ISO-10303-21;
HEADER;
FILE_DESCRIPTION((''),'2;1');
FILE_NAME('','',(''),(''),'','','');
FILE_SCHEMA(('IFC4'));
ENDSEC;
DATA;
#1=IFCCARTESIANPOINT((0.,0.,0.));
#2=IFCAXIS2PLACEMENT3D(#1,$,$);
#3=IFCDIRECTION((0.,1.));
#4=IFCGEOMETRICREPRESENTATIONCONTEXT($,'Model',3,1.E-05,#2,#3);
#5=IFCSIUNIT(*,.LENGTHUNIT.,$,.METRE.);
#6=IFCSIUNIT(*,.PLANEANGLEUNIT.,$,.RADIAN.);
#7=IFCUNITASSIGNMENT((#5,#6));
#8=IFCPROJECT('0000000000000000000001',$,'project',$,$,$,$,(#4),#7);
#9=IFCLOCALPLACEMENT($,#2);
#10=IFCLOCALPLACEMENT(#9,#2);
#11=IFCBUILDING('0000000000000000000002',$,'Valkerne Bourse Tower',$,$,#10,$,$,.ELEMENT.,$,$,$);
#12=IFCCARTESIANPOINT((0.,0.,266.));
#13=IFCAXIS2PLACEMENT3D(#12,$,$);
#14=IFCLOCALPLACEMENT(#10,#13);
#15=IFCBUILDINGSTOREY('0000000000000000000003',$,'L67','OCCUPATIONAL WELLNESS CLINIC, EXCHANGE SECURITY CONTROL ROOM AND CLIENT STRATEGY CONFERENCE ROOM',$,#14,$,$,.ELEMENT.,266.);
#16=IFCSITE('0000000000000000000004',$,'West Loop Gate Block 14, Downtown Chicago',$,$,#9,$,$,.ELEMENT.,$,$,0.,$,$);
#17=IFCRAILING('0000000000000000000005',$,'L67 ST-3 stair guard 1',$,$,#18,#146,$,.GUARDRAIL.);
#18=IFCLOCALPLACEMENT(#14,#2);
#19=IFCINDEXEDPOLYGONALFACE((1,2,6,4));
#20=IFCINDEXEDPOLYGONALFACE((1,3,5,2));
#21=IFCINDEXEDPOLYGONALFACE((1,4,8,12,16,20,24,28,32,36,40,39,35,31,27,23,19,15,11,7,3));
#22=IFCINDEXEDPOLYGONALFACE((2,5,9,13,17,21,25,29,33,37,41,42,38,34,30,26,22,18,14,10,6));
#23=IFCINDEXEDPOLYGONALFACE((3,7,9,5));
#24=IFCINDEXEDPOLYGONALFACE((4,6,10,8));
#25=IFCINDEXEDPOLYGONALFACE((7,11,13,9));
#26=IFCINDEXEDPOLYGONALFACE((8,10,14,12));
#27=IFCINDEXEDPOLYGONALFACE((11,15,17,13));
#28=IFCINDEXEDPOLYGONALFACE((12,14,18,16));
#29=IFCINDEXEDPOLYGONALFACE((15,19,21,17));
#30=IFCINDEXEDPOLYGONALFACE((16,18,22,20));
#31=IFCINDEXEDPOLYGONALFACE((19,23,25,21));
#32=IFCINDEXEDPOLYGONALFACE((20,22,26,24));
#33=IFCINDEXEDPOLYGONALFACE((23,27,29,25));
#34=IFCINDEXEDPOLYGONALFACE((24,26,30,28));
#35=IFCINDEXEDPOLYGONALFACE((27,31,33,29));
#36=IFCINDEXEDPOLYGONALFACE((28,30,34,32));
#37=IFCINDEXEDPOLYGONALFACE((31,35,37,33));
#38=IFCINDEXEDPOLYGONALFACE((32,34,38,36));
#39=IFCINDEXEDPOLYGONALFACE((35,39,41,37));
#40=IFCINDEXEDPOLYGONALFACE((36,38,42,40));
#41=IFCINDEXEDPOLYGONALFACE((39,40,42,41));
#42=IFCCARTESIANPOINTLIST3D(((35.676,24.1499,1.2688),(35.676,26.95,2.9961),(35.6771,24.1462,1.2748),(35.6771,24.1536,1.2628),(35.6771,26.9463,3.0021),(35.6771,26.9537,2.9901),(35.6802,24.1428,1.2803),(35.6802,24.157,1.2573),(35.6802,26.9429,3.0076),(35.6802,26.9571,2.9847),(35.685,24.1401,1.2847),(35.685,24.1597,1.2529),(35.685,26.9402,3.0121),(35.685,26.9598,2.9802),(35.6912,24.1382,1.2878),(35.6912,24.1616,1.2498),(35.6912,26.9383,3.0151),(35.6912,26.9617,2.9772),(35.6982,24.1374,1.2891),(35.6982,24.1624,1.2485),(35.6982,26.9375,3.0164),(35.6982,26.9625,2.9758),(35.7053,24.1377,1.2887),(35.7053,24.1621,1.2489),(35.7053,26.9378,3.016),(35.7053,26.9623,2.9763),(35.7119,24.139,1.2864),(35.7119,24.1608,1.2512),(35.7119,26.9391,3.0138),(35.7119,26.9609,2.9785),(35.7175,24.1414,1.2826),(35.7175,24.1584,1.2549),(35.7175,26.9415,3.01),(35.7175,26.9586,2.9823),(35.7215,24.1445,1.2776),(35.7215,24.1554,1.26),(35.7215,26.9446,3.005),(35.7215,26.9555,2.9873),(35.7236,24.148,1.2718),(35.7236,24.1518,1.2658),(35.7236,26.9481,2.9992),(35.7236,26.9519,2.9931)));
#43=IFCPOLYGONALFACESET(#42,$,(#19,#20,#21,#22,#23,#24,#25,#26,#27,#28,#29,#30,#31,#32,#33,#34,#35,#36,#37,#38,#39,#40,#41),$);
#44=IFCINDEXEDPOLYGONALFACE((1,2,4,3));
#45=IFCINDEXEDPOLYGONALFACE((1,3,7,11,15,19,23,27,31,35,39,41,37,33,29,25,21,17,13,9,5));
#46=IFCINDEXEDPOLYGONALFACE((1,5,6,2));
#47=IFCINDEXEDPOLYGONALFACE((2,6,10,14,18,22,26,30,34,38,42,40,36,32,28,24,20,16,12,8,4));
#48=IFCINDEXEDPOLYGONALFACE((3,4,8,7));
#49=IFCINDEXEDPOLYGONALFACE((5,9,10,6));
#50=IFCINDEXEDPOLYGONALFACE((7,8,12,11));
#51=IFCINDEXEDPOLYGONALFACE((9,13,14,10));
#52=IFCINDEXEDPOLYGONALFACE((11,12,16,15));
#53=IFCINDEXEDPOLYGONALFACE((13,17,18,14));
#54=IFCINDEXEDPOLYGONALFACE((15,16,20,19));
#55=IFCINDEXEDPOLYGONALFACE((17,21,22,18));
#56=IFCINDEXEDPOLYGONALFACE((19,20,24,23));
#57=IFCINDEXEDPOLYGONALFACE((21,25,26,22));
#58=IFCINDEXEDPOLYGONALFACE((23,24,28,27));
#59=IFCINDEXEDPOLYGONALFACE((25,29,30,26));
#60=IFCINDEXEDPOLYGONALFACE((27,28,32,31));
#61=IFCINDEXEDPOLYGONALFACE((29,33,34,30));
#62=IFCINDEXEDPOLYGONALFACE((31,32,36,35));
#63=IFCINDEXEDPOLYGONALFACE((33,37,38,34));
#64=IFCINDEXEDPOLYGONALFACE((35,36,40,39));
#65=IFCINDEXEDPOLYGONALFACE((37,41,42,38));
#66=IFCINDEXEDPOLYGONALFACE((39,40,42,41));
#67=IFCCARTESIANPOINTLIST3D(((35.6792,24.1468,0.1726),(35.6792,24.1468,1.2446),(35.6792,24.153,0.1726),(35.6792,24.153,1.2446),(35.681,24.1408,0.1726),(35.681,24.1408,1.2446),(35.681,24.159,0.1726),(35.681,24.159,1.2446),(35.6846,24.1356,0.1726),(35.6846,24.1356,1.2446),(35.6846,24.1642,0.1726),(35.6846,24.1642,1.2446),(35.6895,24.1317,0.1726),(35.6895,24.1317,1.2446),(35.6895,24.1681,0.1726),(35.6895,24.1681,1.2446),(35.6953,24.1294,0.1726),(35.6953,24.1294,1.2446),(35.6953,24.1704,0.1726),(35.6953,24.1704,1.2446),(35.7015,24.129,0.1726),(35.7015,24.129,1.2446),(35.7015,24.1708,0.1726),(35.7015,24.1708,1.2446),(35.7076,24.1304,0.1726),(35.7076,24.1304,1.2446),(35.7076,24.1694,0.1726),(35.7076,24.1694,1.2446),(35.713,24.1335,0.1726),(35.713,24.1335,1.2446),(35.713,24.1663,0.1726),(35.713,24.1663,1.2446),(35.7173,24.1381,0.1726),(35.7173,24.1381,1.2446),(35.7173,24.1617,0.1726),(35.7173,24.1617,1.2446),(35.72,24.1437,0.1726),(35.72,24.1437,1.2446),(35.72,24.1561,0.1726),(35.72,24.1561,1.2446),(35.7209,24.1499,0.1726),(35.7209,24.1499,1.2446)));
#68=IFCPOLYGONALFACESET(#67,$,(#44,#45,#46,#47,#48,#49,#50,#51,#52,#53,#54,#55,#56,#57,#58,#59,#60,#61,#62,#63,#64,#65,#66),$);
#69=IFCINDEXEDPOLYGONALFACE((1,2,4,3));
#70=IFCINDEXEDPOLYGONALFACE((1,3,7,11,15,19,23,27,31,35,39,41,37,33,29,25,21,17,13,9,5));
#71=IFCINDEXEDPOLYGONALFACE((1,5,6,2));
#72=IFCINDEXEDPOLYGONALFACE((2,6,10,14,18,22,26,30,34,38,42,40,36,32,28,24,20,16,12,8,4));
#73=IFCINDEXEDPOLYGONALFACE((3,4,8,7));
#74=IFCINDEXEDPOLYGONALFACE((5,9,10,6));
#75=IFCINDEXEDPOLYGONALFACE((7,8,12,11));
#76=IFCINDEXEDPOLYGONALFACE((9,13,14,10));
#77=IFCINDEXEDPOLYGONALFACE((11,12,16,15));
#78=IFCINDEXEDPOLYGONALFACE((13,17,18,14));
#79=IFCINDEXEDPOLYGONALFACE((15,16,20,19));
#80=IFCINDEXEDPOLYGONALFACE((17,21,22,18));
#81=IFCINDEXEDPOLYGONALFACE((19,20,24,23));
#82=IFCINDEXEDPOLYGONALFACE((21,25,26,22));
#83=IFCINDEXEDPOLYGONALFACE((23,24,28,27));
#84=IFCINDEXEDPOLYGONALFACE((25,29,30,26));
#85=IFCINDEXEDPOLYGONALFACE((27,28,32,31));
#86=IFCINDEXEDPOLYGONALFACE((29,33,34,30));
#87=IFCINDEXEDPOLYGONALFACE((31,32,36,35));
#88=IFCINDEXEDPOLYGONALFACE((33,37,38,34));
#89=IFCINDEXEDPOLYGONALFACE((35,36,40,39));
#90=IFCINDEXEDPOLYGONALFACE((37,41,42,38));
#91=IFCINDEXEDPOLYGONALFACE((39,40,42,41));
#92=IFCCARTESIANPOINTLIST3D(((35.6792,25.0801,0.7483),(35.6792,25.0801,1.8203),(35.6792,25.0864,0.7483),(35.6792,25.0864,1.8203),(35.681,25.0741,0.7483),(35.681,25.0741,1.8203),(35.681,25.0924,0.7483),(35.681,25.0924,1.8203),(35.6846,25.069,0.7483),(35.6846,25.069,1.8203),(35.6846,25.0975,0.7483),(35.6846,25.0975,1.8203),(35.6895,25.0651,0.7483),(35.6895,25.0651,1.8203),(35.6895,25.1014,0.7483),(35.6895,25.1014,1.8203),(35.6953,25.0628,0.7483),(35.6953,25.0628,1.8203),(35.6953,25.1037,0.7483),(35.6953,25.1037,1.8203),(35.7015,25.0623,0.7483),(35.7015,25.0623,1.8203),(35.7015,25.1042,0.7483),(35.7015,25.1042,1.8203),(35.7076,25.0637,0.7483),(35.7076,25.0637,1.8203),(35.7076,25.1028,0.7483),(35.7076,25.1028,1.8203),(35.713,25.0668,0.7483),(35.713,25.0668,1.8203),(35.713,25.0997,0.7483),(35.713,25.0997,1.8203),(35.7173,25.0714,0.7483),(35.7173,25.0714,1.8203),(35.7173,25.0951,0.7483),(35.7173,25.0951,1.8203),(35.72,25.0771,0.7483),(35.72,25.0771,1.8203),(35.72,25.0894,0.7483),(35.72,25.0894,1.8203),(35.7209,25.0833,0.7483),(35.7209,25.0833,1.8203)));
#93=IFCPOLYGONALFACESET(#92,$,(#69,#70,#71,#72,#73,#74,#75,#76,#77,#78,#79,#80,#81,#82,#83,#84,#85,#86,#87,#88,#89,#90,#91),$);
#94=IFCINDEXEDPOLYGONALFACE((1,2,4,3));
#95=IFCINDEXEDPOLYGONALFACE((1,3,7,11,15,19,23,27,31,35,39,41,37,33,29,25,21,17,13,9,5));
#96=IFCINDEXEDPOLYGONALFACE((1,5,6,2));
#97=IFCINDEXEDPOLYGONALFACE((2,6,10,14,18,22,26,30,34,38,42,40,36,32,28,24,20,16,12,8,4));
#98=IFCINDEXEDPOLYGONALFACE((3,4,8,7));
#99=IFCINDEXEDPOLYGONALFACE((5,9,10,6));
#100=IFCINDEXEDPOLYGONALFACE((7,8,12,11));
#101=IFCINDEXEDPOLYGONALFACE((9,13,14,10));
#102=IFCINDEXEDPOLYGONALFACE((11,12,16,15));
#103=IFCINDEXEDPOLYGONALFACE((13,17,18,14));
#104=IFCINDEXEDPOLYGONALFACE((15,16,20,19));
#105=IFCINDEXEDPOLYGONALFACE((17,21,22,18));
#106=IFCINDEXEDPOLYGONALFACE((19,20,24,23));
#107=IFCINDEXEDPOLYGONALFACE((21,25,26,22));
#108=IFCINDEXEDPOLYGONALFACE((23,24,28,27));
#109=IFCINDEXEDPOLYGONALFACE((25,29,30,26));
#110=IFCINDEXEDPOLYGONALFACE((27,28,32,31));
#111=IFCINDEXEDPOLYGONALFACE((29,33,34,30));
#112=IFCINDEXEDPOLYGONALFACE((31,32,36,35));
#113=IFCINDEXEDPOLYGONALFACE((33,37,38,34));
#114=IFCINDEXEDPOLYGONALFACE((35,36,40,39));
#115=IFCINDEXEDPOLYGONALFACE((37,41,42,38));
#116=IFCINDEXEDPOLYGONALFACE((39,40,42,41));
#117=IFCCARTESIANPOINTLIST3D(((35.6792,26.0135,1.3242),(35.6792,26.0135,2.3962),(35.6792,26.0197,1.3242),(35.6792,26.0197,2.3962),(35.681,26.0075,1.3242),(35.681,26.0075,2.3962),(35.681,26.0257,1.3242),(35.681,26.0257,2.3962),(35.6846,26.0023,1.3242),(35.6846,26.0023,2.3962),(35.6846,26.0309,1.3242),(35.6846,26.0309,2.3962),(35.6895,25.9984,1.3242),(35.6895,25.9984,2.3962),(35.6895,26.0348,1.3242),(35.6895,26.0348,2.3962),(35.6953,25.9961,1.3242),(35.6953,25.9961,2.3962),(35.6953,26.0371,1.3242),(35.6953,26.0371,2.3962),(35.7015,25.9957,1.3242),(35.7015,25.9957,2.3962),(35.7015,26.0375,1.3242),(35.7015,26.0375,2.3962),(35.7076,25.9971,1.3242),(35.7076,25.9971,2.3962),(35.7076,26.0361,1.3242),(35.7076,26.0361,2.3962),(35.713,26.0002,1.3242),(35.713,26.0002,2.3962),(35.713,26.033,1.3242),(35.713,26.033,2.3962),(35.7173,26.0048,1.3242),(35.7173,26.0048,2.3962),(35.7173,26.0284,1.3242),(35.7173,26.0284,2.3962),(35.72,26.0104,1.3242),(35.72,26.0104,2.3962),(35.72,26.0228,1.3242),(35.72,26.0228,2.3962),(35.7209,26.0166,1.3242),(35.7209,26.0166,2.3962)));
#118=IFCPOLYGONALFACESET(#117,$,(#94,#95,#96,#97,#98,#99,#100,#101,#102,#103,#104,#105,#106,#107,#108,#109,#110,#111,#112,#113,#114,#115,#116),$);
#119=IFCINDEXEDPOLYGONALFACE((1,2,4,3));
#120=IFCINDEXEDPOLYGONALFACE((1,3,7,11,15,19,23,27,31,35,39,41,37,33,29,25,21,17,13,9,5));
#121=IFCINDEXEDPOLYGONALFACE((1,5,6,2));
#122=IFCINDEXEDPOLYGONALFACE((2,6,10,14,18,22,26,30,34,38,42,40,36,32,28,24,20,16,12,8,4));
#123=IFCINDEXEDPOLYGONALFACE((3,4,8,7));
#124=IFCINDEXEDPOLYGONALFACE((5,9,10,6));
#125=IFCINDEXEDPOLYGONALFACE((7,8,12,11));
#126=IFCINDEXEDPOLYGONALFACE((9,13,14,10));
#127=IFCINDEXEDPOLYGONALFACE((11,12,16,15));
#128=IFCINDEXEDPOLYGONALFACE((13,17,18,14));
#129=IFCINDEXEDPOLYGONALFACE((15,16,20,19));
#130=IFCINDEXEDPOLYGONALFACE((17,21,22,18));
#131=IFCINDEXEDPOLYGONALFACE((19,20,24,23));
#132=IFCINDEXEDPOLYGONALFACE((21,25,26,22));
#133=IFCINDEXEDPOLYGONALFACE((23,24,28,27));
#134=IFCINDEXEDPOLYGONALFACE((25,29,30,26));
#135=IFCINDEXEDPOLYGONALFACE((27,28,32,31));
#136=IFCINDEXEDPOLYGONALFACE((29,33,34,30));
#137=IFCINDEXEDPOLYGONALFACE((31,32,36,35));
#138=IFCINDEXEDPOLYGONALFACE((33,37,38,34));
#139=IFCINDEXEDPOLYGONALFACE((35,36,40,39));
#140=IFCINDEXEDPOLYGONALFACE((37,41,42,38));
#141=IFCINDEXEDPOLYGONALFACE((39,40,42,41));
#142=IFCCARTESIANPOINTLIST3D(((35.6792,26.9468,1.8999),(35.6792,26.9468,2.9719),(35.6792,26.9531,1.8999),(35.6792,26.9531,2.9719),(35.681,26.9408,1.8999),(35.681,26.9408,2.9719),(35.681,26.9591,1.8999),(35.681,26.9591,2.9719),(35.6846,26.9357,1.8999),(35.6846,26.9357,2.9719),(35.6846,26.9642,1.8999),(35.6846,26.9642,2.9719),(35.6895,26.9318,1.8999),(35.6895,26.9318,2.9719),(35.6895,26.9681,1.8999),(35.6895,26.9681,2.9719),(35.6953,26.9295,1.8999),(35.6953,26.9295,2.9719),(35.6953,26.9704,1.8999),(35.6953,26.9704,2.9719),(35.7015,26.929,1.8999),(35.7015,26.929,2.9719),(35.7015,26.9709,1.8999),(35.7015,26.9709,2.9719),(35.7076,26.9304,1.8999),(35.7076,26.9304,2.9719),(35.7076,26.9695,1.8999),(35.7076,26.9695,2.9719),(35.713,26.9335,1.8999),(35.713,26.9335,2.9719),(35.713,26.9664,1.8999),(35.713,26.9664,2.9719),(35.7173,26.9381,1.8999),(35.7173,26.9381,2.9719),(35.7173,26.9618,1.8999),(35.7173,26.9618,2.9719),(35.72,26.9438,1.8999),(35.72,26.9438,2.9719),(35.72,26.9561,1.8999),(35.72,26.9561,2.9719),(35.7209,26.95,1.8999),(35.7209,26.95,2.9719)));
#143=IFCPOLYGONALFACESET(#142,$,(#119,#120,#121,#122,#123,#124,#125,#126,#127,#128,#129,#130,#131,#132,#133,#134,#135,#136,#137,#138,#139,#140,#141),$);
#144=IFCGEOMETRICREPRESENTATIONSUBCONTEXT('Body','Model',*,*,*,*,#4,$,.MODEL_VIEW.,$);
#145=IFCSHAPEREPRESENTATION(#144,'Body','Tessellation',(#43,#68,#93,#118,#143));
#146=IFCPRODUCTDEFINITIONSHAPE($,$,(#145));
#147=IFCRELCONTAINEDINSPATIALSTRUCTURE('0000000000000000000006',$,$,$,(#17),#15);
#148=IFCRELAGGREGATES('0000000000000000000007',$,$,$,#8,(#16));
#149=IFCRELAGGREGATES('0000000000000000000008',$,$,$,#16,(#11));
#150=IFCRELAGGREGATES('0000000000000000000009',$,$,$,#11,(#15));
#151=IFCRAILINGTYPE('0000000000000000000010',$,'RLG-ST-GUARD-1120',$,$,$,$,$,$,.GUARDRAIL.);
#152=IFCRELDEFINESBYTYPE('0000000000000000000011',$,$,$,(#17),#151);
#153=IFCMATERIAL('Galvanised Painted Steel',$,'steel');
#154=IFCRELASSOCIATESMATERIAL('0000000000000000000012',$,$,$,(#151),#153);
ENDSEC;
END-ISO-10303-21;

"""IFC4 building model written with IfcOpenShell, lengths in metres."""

from ifc_helpers import new_model, si_unit, direction, frame, origin, origin_2d, place, context, subcontext, project, spatial, circle, extrude, material, type_object, element, save


model = new_model("IFC4")

# Units and contexts
model_context = context("Model", 3, precision=1e-05, world=origin(), true_north=direction((0.0, 1.0)))
body_context = subcontext(model_context, "Body", "Model", "MODEL_VIEW")
ifc_project = project(units=[si_unit("LENGTHUNIT", "METRE"), si_unit("PLANEANGLEUNIT", "RADIAN")], contexts=[model_context])

# Site, building, storey
site_placement = place(None, origin())
site = spatial("IfcSite", under=ifc_project, at=site_placement, Name="West Loop Gate Block 14, Downtown Chicago", CompositionType="ELEMENT", RefElevation=0.0)
building_placement = place(site_placement, origin())
building = spatial("IfcBuilding", under=site, at=building_placement, Name="Valkerne Bourse Tower", CompositionType="ELEMENT")
storey_placement = place(building_placement, frame((0.0, 0.0, 266.0)))
storey = spatial("IfcBuildingStorey", under=building, at=storey_placement, Name="L67", Description="OCCUPATIONAL WELLNESS CLINIC, EXCHANGE SECURITY CONTROL ROOM AND CLIENT STRATEGY CONFERENCE ROOM", CompositionType="ELEMENT", Elevation=266.0)

# Railing
ifc_material_1 = material(Name="Galvanised Painted Steel", Category="steel")
railing_type_1 = type_object("IfcRailingType", Name="RLG-ST-GUARD-1120", PredefinedType="GUARDRAIL", material=ifc_material_1)
railing_1_placement = place(storey_placement, frame((35.7, 24.1499, 0.1726)))
element("IfcRailing", 1, at=railing_1_placement, inside=storey, type_object=railing_type_1, Name="L67 ST-3 stair guard 1", PredefinedType="GUARDRAIL", context=body_context, shape_type="SweptSolid", body=[
    extrude(circle(Radius=0.0239, at=origin_2d()), frame((0.0, 0.0, 1.0962), z_axis=(0.0, 0.85109, 0.52502), x_axis=(-1.0, 0.0, 0.0)), (0.0, 0.0, 1.0), 3.29),
    extrude(circle(Radius=0.021, at=origin_2d()), origin(), (0.0, 0.0, 1.0), 1.072),
    extrude(circle(Radius=0.021, at=origin_2d()), frame((0.0, 0.9333, 0.5757)), (0.0, 0.0, 1.0), 1.072),
    extrude(circle(Radius=0.021, at=origin_2d()), frame((0.0, 1.8667, 1.1516)), (0.0, 0.0, 1.0), 1.072),
    extrude(circle(Radius=0.021, at=origin_2d()), frame((0.0, 2.8, 1.7273)), (0.0, 0.0, 1.0), 1.072),
])

save(model, "model.ifc")
